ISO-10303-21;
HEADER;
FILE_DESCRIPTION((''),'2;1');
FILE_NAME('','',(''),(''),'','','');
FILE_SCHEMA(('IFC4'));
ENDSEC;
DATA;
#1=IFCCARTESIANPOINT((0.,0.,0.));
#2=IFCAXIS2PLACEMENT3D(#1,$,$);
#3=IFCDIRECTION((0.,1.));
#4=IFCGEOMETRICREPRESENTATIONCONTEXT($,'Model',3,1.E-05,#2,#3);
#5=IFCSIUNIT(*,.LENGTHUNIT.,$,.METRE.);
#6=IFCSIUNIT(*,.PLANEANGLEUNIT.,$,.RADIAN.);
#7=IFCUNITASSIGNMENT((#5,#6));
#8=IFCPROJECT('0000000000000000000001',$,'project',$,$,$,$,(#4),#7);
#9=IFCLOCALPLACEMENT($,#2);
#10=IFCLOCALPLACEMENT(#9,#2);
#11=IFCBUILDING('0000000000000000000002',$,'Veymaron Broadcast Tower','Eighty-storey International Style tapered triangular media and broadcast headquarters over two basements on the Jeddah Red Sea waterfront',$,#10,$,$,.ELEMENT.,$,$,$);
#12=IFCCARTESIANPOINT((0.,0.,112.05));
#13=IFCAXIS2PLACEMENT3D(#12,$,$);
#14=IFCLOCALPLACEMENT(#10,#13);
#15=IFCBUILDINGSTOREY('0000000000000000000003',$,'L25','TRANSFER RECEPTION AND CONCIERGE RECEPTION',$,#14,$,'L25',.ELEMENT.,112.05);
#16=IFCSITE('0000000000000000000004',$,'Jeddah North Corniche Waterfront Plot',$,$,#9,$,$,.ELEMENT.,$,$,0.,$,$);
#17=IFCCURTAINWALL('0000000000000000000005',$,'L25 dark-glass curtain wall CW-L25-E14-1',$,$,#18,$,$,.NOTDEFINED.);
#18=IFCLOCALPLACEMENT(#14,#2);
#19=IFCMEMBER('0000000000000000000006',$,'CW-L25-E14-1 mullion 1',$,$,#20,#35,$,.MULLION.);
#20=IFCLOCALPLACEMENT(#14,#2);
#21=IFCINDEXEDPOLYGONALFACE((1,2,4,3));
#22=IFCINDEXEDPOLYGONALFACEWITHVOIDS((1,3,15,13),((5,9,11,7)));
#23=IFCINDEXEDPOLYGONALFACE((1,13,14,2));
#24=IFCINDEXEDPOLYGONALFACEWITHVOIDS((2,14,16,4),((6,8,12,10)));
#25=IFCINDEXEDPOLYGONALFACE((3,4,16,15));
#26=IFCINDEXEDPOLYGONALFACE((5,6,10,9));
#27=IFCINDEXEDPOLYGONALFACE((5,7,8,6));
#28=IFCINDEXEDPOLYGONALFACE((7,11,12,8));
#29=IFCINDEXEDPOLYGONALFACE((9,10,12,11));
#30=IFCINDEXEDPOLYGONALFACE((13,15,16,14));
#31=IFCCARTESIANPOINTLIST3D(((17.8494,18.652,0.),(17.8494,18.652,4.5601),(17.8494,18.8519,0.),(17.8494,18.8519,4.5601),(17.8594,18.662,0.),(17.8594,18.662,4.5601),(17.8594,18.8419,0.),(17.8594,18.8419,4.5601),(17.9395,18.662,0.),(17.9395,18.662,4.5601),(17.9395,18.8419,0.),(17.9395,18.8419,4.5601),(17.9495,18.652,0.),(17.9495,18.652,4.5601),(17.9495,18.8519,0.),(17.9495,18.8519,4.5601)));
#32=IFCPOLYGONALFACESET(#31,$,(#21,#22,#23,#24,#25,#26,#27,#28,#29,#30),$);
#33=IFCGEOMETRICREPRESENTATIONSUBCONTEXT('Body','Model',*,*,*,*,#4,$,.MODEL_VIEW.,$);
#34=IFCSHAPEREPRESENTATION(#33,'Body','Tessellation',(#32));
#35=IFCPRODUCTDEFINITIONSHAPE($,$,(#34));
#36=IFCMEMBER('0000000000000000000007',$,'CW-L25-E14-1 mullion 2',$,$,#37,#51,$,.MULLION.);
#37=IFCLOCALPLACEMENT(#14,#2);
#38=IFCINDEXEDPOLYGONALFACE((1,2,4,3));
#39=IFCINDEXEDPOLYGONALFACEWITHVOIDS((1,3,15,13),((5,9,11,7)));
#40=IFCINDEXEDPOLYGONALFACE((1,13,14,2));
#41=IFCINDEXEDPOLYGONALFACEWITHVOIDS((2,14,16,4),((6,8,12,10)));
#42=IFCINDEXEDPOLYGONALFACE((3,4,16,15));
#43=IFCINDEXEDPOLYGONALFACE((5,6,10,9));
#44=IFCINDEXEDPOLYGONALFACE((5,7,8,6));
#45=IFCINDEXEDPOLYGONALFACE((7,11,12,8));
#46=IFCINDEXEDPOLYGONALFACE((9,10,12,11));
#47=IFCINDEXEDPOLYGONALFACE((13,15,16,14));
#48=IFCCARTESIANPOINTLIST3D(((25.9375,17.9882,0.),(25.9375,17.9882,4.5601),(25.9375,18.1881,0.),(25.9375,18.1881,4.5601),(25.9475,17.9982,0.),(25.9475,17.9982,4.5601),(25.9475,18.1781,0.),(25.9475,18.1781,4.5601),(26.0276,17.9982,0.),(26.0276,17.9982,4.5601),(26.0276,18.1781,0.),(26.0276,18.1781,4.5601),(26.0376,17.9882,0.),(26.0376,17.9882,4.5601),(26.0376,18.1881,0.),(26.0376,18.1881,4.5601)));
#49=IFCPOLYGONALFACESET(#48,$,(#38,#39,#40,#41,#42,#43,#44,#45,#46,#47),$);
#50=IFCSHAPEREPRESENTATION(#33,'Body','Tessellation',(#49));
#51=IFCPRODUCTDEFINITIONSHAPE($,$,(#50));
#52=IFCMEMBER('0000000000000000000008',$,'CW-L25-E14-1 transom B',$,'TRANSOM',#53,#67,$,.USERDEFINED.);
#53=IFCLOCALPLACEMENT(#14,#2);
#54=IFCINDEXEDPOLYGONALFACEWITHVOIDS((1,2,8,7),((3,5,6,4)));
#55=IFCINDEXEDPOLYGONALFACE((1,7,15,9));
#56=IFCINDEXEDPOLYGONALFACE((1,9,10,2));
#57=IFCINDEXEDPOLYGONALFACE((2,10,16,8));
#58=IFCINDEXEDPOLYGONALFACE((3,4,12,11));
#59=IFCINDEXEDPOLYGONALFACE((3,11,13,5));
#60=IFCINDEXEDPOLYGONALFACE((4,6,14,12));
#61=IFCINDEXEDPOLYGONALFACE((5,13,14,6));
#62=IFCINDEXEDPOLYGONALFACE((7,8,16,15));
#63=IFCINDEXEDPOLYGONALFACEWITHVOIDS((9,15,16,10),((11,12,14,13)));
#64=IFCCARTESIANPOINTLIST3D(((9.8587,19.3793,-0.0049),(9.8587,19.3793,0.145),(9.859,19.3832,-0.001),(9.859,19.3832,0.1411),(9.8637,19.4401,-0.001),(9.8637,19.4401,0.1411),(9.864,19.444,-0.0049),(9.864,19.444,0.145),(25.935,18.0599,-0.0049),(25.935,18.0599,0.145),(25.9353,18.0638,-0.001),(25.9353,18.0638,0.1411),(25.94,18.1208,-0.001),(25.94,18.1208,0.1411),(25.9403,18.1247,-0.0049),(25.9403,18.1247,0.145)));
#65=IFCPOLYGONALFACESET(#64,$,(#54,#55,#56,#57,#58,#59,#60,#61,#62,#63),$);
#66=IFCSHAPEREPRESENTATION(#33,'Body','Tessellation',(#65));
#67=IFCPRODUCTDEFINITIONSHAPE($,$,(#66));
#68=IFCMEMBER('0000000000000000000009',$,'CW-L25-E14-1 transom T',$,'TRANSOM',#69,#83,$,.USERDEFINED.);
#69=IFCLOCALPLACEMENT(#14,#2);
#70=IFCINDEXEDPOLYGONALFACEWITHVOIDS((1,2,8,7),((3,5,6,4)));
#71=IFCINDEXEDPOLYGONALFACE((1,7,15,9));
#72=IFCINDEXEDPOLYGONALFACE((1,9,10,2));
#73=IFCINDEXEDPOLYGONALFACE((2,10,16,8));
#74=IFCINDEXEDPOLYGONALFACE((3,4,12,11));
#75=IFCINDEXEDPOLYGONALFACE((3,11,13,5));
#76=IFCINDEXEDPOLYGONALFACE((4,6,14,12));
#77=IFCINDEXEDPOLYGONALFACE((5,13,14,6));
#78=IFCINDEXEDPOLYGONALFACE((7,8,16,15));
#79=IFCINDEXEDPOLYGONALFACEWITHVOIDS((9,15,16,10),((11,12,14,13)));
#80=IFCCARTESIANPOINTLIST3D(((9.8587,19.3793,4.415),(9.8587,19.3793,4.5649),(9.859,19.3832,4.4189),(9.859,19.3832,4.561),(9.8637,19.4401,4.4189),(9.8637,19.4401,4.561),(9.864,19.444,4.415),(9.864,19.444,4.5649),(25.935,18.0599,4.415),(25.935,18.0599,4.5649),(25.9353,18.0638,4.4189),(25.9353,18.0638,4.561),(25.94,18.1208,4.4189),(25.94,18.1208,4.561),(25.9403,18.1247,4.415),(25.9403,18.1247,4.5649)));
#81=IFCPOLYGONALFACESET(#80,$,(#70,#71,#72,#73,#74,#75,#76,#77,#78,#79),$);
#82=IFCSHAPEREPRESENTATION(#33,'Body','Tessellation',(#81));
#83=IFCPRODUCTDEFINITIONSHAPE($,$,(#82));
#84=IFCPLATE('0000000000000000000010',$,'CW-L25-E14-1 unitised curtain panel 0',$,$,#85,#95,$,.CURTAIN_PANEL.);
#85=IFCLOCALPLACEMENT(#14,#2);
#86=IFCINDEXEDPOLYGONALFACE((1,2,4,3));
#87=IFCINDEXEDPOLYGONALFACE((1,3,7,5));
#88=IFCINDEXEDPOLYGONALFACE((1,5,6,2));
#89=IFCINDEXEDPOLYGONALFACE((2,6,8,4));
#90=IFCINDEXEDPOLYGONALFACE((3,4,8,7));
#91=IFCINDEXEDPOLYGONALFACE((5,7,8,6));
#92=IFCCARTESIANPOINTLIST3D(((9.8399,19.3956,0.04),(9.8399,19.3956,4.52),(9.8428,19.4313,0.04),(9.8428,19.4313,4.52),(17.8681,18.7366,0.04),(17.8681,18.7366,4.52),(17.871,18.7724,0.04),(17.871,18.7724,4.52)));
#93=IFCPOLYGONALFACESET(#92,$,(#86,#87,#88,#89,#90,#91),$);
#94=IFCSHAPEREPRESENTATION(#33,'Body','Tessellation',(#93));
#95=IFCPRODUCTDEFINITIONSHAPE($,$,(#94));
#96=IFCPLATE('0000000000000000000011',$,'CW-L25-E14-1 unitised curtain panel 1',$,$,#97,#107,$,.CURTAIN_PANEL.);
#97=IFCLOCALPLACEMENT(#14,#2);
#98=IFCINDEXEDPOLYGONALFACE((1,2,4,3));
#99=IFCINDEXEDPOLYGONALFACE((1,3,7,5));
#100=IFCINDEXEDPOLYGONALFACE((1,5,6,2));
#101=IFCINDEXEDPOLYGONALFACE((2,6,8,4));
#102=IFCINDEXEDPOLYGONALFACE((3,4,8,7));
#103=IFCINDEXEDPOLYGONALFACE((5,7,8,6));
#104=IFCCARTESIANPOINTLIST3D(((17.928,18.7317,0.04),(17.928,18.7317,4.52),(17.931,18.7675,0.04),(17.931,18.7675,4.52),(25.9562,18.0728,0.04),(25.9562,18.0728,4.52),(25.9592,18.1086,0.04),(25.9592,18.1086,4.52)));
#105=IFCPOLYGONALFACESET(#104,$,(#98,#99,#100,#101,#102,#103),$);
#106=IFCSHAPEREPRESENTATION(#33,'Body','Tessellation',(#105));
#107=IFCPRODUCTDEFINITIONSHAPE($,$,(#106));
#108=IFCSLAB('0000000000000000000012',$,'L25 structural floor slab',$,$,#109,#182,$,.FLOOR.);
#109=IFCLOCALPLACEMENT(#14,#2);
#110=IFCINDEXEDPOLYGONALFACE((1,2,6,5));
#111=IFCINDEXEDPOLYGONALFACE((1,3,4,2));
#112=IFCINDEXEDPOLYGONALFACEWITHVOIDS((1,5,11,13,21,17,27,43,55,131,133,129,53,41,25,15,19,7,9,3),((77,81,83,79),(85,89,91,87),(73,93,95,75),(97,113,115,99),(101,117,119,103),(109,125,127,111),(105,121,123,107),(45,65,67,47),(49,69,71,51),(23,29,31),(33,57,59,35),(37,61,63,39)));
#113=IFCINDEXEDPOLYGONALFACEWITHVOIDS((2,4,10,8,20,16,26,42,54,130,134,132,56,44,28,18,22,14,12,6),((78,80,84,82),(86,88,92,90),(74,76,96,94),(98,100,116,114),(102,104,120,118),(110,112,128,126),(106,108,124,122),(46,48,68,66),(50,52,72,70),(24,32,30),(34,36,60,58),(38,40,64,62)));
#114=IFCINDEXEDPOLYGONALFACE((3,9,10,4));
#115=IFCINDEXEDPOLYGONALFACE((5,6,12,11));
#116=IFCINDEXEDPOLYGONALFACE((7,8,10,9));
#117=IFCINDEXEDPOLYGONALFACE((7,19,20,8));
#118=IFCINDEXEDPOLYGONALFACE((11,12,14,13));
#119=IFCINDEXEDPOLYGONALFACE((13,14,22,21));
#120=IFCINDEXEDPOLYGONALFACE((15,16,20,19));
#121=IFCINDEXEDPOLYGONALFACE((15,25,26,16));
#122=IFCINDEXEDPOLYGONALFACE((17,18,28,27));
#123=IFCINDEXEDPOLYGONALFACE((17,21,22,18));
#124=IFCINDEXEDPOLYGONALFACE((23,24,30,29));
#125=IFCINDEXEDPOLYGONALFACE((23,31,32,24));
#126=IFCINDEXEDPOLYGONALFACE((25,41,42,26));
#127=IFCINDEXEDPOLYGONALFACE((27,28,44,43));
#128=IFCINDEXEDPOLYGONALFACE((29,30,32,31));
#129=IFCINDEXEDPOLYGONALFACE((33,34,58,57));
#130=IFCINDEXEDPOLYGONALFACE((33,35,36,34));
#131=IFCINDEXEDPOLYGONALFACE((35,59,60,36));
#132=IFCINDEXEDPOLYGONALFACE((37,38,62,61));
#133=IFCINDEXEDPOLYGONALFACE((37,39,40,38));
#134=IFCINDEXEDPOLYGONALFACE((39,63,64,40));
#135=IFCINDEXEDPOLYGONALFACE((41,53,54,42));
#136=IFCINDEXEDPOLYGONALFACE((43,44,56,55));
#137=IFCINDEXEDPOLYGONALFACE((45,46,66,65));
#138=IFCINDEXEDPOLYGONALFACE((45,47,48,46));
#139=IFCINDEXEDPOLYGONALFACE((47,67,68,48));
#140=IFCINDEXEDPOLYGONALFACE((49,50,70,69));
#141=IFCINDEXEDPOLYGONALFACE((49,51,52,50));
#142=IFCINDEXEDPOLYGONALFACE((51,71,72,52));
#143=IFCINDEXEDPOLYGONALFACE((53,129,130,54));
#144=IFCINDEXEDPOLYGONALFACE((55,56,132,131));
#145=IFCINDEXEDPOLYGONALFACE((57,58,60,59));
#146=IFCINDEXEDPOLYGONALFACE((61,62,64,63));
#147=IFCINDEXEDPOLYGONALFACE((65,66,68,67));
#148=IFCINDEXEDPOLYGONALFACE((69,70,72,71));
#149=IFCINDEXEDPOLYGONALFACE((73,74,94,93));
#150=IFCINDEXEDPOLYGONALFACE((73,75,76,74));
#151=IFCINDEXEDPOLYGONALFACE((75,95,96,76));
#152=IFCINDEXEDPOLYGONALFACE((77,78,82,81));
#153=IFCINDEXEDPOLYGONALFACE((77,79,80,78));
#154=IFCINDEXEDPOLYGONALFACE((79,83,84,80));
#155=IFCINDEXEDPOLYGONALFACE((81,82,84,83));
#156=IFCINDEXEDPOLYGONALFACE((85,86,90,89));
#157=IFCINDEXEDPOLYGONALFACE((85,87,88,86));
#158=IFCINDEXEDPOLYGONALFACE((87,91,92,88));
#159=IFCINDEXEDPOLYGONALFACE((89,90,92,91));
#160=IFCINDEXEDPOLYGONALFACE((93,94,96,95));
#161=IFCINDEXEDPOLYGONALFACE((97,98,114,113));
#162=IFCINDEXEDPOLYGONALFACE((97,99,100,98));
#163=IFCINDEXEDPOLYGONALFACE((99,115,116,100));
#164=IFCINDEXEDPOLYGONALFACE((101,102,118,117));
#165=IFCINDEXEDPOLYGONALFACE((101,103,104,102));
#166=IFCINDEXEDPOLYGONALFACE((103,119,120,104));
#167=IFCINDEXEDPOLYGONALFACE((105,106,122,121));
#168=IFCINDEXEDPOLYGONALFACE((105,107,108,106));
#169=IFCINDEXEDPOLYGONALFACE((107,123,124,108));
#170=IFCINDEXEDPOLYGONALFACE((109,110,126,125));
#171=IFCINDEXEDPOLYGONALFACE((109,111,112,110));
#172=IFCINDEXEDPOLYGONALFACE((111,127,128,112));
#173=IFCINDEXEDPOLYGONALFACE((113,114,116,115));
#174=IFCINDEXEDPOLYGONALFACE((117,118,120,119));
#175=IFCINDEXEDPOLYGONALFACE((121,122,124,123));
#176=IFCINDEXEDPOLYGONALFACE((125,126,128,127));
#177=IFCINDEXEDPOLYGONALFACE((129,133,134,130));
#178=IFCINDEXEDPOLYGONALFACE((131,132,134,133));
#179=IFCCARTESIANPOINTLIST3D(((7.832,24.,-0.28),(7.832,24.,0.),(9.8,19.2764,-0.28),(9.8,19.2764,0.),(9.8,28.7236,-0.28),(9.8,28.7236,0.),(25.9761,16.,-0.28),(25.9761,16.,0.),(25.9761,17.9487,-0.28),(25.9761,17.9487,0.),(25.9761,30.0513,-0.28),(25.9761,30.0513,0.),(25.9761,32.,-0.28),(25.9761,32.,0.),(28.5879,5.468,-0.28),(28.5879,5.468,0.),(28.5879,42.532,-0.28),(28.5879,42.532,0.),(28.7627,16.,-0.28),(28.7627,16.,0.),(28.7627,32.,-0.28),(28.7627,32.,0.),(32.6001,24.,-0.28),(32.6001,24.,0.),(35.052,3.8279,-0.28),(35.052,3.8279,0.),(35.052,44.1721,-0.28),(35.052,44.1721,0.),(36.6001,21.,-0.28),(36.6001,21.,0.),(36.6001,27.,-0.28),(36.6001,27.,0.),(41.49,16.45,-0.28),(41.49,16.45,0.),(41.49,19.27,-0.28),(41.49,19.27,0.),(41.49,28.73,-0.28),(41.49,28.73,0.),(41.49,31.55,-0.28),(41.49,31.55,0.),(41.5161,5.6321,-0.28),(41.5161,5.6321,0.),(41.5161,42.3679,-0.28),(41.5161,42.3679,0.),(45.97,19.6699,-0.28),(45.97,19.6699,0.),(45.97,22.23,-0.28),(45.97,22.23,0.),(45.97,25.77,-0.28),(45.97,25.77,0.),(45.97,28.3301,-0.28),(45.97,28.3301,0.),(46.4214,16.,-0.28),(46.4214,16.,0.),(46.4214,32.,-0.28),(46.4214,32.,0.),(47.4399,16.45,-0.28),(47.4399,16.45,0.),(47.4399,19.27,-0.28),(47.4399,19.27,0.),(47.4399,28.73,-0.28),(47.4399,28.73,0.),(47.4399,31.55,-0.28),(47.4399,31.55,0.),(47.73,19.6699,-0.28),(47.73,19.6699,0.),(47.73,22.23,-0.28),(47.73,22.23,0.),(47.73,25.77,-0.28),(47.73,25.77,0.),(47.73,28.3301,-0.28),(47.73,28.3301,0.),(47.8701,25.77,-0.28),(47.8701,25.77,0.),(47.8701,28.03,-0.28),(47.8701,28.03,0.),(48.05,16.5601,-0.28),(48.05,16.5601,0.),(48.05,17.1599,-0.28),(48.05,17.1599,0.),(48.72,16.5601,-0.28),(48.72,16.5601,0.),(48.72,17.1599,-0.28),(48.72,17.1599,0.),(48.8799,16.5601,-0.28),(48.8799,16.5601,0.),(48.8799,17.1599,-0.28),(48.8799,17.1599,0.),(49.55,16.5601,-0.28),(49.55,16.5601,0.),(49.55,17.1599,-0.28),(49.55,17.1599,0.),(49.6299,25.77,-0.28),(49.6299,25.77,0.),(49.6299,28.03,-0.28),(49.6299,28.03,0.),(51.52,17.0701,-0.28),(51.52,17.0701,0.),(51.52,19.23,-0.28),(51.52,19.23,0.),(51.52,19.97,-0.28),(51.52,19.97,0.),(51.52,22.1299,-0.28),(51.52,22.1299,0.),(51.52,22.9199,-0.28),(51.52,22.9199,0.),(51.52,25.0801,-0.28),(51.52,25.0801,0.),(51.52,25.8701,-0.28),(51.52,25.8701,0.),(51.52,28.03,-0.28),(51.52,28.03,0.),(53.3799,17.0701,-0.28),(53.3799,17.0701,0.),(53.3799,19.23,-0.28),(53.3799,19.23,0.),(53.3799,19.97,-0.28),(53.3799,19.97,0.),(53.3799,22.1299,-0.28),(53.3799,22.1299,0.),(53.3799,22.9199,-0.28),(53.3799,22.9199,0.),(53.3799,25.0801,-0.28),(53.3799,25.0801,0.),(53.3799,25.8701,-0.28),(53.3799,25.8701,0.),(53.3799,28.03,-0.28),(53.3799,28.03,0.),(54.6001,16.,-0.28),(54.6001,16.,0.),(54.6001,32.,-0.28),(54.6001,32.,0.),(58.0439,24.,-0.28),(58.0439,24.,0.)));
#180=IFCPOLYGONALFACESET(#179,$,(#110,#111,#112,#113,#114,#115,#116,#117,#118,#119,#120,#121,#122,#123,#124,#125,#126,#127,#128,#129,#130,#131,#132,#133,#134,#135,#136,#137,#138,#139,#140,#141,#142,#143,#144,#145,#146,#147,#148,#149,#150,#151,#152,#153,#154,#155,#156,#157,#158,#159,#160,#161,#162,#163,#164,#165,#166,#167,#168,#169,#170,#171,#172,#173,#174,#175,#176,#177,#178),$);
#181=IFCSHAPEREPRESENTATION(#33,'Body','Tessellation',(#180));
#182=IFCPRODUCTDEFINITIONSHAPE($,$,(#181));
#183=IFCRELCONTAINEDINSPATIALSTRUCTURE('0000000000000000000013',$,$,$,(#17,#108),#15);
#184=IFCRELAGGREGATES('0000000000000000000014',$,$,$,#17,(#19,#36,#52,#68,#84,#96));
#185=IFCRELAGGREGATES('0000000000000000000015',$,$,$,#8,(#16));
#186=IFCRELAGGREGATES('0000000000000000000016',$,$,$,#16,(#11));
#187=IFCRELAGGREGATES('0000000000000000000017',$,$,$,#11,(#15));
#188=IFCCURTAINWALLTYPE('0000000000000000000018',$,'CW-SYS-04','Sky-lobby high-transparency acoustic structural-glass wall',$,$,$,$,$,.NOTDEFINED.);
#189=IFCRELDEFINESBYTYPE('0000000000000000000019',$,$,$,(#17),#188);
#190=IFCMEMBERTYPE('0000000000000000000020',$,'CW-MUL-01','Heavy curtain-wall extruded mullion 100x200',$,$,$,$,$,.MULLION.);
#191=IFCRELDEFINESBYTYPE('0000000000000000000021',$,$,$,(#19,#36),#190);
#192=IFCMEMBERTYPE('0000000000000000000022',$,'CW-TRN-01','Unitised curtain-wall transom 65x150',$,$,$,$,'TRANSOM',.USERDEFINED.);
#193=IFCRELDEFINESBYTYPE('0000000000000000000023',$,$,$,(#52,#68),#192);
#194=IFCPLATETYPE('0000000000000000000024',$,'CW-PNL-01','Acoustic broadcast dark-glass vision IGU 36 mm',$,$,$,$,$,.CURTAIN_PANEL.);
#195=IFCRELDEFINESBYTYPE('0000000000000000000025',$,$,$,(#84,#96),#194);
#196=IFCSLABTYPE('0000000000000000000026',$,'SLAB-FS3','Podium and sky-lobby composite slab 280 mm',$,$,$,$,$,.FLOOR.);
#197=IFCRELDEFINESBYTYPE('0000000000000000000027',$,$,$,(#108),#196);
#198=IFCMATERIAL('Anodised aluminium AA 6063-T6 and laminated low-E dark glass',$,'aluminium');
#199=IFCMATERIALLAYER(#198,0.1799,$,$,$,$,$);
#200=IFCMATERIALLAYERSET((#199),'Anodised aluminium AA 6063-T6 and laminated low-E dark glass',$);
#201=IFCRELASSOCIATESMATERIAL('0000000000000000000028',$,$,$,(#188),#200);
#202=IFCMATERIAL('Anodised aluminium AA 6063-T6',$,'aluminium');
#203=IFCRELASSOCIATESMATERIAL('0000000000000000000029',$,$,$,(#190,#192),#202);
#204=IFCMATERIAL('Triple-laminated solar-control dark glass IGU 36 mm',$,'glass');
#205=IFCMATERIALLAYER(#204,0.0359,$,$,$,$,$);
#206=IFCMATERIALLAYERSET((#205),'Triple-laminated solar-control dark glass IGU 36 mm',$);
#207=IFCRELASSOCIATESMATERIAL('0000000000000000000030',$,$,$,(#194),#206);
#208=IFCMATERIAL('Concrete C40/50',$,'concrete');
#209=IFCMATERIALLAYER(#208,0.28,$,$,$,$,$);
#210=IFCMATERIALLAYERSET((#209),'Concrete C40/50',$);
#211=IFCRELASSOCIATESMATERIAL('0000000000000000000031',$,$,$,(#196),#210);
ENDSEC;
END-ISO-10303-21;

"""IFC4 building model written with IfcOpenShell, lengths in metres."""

from ifc_helpers import new_model, si_unit, direction, frame, origin, origin_2d, place, context, subcontext, project, spatial, polyline, rectangle, hollow_rectangle, outline, extrude, material, layer, layer_set, material_profile, profile_set, type_object, element, aggregate, save


model = new_model("IFC4")

# Units and contexts
model_context = context("Model", 3, precision=1e-05, world=origin(), true_north=direction((0.0, 1.0)))
body_context = subcontext(model_context, "Body", "Model", "MODEL_VIEW")
ifc_project = project(units=[si_unit("LENGTHUNIT", "METRE"), si_unit("PLANEANGLEUNIT", "RADIAN")], contexts=[model_context])

# Site, building, storey
site_placement = place(None, origin())
site = spatial("IfcSite", under=ifc_project, at=site_placement, Name="Jeddah North Corniche Waterfront Plot", CompositionType="ELEMENT", RefElevation=0.0)
building_placement = place(site_placement, origin())
building = spatial("IfcBuilding", under=site, at=building_placement, Name="Veymaron Broadcast Tower", Description="Eighty-storey International Style tapered triangular media and broadcast headquarters over two basements on the Jeddah Red Sea waterfront", CompositionType="ELEMENT")
storey_placement = place(building_placement, frame((0.0, 0.0, 112.05)))
storey = spatial("IfcBuildingStorey", under=building, at=storey_placement, Name="L25", Description="TRANSFER RECEPTION AND CONCIERGE RECEPTION", LongName="L25", CompositionType="ELEMENT", Elevation=112.05)

# Curtain wall, members, plates
ifc_material_1 = material(Name="Anodised aluminium AA 6063-T6 and laminated low-E dark glass", Category="aluminium")
ifc_layer_1 = layer(ifc_material_1, 0.1799)
ifc_layer_set_1 = layer_set([ifc_layer_1], Name="Anodised aluminium AA 6063-T6 and laminated low-E dark glass")
curtain_wall_type = type_object("IfcCurtainWallType", Name="CW-SYS-04", Description="Sky-lobby high-transparency acoustic structural-glass wall", PredefinedType="NOTDEFINED", material=ifc_layer_set_1)
curtain_wall_placement = place(storey_placement, origin())
curtain_wall = element("IfcCurtainWall", 1, at=curtain_wall_placement, inside=storey, type_object=curtain_wall_type, Name="L25 dark-glass curtain wall CW-L25-E14-1", PredefinedType="NOTDEFINED")
ifc_material_2 = material(Name="Anodised aluminium AA 6063-T6", Category="aluminium")
ifc_material_profile_1 = material_profile(ifc_material_2, hollow_rectangle(XDim=0.1001, YDim=0.2, WallThickness=0.01, at=origin_2d()), Name="RHS200X100X10")
ifc_profile_set_1 = profile_set([ifc_material_profile_1], Name="Anodised aluminium AA 6063-T6")
member_type_1 = type_object("IfcMemberType", Name="CW-MUL-01", Description="Heavy curtain-wall extruded mullion 100x200", PredefinedType="MULLION", material=ifc_profile_set_1)
member_1_placement = place(storey_placement, frame((17.8994, 18.752, 0.0), z_axis=(0.0, 0.0, 1.0), x_axis=(1.0, 0.0, 0.0)))
member_1 = element("IfcMember", 2, at=member_1_placement, type_object=member_type_1, Name="CW-L25-E14-1 mullion 1", PredefinedType="MULLION", context=body_context, shape_type="SweptSolid", body=[
    extrude(hollow_rectangle(XDim=0.1001, YDim=0.2, WallThickness=0.01, at=origin_2d()), origin(), (0.0, 0.0, 1.0), 4.5601),
])
member_2_placement = place(storey_placement, frame((25.9875, 18.0881, 0.0), z_axis=(0.0, 0.0, 1.0), x_axis=(1.0, 0.0, 0.0)))
member_2 = element("IfcMember", 3, at=member_2_placement, type_object=member_type_1, Name="CW-L25-E14-1 mullion 2", PredefinedType="MULLION", context=body_context, shape_type="SweptSolid", body=[
    extrude(hollow_rectangle(XDim=0.1001, YDim=0.2, WallThickness=0.01, at=origin_2d()), origin(), (0.0, 0.0, 1.0), 4.5601),
])
ifc_material_profile_2 = material_profile(ifc_material_2, hollow_rectangle(XDim=0.0649, YDim=0.1499, WallThickness=0.0039, at=origin_2d()), Name="AL150X65X4")
ifc_profile_set_2 = profile_set([ifc_material_profile_2], Name="Anodised aluminium AA 6063-T6")
member_type_2 = type_object("IfcMemberType", Name="CW-TRN-01", Description="Unitised curtain-wall transom 65x150", ElementType="TRANSOM", PredefinedType="USERDEFINED", material=ifc_profile_set_2)
member_3_placement = place(storey_placement, frame((9.8613, 19.4116, 0.0701), z_axis=(0.996649, -0.081792, 0.0), x_axis=(0.081792, 0.996649, 0.0)))
member_3 = element("IfcMember", 4, at=member_3_placement, type_object=member_type_2, Name="CW-L25-E14-1 transom B", ObjectType="TRANSOM", PredefinedType="USERDEFINED", context=body_context, shape_type="SweptSolid", body=[
    extrude(hollow_rectangle(XDim=0.0649, YDim=0.1499, WallThickness=0.0039, at=origin_2d()), origin(), (0.0, 0.0, 1.0), 16.1304),
])
member_4_placement = place(storey_placement, frame((9.8613, 19.4116, 4.49), z_axis=(0.996649, -0.081792, 0.0), x_axis=(0.081792, 0.996649, 0.0)))
member_4 = element("IfcMember", 5, at=member_4_placement, type_object=member_type_2, Name="CW-L25-E14-1 transom T", ObjectType="TRANSOM", PredefinedType="USERDEFINED", context=body_context, shape_type="SweptSolid", body=[
    extrude(hollow_rectangle(XDim=0.0649, YDim=0.1499, WallThickness=0.0039, at=origin_2d()), origin(), (0.0, 0.0, 1.0), 16.1304),
])
ifc_material_3 = material(Name="Triple-laminated solar-control dark glass IGU 36 mm", Category="glass")
ifc_layer_2 = layer(ifc_material_3, 0.0359)
ifc_layer_set_2 = layer_set([ifc_layer_2], Name="Triple-laminated solar-control dark glass IGU 36 mm")
plate_type = type_object("IfcPlateType", Name="CW-PNL-01", Description="Acoustic broadcast dark-glass vision IGU 36 mm", PredefinedType="CURTAIN_PANEL", material=ifc_layer_set_2)
plate_1_placement = place(storey_placement, frame((13.8555, 19.084, 0.04), z_axis=(0.0, 0.0, 1.0), x_axis=(0.996649, -0.081799, 0.0)))
plate_1 = element("IfcPlate", 6, at=plate_1_placement, type_object=plate_type, Name="CW-L25-E14-1 unitised curtain panel 0", PredefinedType="CURTAIN_PANEL", context=body_context, shape_type="SweptSolid", body=[
    extrude(rectangle(XDim=8.0552, YDim=0.0359, at=origin_2d()), origin(), (0.0, 0.0, 1.0), 4.48),
])
plate_2_placement = place(storey_placement, frame((21.9436, 18.4202, 0.04), z_axis=(0.0, 0.0, 1.0), x_axis=(0.996649, -0.081799, 0.0)))
plate_2 = element("IfcPlate", 7, at=plate_2_placement, type_object=plate_type, Name="CW-L25-E14-1 unitised curtain panel 1", PredefinedType="CURTAIN_PANEL", context=body_context, shape_type="SweptSolid", body=[
    extrude(rectangle(XDim=8.0552, YDim=0.0359, at=origin_2d()), origin(), (0.0, 0.0, 1.0), 4.48),
])
aggregate(curtain_wall, [member_1, member_2, member_3, member_4, plate_1, plate_2])

# Slab
ifc_material_4 = material(Name="Concrete C40/50", Category="concrete")
ifc_layer_3 = layer(ifc_material_4, 0.28)
ifc_layer_set_3 = layer_set([ifc_layer_3], Name="Concrete C40/50")
slab_type_1 = type_object("IfcSlabType", Name="SLAB-FS3", Description="Podium and sky-lobby composite slab 280 mm", PredefinedType="FLOOR", material=ifc_layer_set_3)
slab_1_placement = place(storey_placement, frame((0.0, 0.0, -0.28)))
element("IfcSlab", 8, at=slab_1_placement, inside=storey, type_object=slab_type_1, Name="L25 structural floor slab", PredefinedType="FLOOR", context=body_context, shape_type="SweptSolid", body=[
    extrude(outline(polyline([(46.4214, 16.0), (54.6001, 16.0), (58.0439, 24.0), (54.6001, 32.0), (46.4214, 32.0), (41.5161, 42.3679), (35.052, 44.1721), (28.5879, 42.532), (28.7627, 32.0), (25.9761, 32.0), (25.9761, 30.0513), (9.8, 28.7236), (7.832, 24.0), (9.8, 19.2764), (25.9761, 17.9487), (25.9761, 16.0), (28.7627, 16.0), (28.5879, 5.468), (35.052, 3.8279), (41.5161, 5.6321), (46.4214, 16.0)]), holes=[polyline([(45.97, 28.3301), (47.73, 28.3301), (47.73, 25.77), (45.97, 25.77), (45.97, 28.3301)]), polyline([(45.97, 22.23), (47.73, 22.23), (47.73, 19.6699), (45.97, 19.6699), (45.97, 22.23)]), polyline([(47.8701, 28.03), (49.6299, 28.03), (49.6299, 25.77), (47.8701, 25.77), (47.8701, 28.03)]), polyline([(51.52, 28.03), (53.3799, 28.03), (53.3799, 25.8701), (51.52, 25.8701), (51.52, 28.03)]), polyline([(51.52, 22.1299), (53.3799, 22.1299), (53.3799, 19.97), (51.52, 19.97), (51.52, 22.1299)]), polyline([(51.52, 25.0801), (53.3799, 25.0801), (53.3799, 22.9199), (51.52, 22.9199), (51.52, 25.0801)]), polyline([(51.52, 19.23), (53.3799, 19.23), (53.3799, 17.0701), (51.52, 17.0701), (51.52, 19.23)]), polyline([(48.05, 17.1599), (48.72, 17.1599), (48.72, 16.5601), (48.05, 16.5601), (48.05, 17.1599)]), polyline([(48.8799, 17.1599), (49.55, 17.1599), (49.55, 16.5601), (48.8799, 16.5601), (48.8799, 17.1599)]), polyline([(36.6001, 27.0), (36.6001, 21.0), (32.6001, 24.0), (36.6001, 27.0)]), polyline([(41.49, 31.55), (47.4399, 31.55), (47.4399, 28.73), (41.49, 28.73), (41.49, 31.55)]), polyline([(41.49, 19.27), (47.4399, 19.27), (47.4399, 16.45), (41.49, 16.45), (41.49, 19.27)])]), origin(), (0.0, 0.0, 1.0), 0.28),
])

save(model, "model.ifc")
